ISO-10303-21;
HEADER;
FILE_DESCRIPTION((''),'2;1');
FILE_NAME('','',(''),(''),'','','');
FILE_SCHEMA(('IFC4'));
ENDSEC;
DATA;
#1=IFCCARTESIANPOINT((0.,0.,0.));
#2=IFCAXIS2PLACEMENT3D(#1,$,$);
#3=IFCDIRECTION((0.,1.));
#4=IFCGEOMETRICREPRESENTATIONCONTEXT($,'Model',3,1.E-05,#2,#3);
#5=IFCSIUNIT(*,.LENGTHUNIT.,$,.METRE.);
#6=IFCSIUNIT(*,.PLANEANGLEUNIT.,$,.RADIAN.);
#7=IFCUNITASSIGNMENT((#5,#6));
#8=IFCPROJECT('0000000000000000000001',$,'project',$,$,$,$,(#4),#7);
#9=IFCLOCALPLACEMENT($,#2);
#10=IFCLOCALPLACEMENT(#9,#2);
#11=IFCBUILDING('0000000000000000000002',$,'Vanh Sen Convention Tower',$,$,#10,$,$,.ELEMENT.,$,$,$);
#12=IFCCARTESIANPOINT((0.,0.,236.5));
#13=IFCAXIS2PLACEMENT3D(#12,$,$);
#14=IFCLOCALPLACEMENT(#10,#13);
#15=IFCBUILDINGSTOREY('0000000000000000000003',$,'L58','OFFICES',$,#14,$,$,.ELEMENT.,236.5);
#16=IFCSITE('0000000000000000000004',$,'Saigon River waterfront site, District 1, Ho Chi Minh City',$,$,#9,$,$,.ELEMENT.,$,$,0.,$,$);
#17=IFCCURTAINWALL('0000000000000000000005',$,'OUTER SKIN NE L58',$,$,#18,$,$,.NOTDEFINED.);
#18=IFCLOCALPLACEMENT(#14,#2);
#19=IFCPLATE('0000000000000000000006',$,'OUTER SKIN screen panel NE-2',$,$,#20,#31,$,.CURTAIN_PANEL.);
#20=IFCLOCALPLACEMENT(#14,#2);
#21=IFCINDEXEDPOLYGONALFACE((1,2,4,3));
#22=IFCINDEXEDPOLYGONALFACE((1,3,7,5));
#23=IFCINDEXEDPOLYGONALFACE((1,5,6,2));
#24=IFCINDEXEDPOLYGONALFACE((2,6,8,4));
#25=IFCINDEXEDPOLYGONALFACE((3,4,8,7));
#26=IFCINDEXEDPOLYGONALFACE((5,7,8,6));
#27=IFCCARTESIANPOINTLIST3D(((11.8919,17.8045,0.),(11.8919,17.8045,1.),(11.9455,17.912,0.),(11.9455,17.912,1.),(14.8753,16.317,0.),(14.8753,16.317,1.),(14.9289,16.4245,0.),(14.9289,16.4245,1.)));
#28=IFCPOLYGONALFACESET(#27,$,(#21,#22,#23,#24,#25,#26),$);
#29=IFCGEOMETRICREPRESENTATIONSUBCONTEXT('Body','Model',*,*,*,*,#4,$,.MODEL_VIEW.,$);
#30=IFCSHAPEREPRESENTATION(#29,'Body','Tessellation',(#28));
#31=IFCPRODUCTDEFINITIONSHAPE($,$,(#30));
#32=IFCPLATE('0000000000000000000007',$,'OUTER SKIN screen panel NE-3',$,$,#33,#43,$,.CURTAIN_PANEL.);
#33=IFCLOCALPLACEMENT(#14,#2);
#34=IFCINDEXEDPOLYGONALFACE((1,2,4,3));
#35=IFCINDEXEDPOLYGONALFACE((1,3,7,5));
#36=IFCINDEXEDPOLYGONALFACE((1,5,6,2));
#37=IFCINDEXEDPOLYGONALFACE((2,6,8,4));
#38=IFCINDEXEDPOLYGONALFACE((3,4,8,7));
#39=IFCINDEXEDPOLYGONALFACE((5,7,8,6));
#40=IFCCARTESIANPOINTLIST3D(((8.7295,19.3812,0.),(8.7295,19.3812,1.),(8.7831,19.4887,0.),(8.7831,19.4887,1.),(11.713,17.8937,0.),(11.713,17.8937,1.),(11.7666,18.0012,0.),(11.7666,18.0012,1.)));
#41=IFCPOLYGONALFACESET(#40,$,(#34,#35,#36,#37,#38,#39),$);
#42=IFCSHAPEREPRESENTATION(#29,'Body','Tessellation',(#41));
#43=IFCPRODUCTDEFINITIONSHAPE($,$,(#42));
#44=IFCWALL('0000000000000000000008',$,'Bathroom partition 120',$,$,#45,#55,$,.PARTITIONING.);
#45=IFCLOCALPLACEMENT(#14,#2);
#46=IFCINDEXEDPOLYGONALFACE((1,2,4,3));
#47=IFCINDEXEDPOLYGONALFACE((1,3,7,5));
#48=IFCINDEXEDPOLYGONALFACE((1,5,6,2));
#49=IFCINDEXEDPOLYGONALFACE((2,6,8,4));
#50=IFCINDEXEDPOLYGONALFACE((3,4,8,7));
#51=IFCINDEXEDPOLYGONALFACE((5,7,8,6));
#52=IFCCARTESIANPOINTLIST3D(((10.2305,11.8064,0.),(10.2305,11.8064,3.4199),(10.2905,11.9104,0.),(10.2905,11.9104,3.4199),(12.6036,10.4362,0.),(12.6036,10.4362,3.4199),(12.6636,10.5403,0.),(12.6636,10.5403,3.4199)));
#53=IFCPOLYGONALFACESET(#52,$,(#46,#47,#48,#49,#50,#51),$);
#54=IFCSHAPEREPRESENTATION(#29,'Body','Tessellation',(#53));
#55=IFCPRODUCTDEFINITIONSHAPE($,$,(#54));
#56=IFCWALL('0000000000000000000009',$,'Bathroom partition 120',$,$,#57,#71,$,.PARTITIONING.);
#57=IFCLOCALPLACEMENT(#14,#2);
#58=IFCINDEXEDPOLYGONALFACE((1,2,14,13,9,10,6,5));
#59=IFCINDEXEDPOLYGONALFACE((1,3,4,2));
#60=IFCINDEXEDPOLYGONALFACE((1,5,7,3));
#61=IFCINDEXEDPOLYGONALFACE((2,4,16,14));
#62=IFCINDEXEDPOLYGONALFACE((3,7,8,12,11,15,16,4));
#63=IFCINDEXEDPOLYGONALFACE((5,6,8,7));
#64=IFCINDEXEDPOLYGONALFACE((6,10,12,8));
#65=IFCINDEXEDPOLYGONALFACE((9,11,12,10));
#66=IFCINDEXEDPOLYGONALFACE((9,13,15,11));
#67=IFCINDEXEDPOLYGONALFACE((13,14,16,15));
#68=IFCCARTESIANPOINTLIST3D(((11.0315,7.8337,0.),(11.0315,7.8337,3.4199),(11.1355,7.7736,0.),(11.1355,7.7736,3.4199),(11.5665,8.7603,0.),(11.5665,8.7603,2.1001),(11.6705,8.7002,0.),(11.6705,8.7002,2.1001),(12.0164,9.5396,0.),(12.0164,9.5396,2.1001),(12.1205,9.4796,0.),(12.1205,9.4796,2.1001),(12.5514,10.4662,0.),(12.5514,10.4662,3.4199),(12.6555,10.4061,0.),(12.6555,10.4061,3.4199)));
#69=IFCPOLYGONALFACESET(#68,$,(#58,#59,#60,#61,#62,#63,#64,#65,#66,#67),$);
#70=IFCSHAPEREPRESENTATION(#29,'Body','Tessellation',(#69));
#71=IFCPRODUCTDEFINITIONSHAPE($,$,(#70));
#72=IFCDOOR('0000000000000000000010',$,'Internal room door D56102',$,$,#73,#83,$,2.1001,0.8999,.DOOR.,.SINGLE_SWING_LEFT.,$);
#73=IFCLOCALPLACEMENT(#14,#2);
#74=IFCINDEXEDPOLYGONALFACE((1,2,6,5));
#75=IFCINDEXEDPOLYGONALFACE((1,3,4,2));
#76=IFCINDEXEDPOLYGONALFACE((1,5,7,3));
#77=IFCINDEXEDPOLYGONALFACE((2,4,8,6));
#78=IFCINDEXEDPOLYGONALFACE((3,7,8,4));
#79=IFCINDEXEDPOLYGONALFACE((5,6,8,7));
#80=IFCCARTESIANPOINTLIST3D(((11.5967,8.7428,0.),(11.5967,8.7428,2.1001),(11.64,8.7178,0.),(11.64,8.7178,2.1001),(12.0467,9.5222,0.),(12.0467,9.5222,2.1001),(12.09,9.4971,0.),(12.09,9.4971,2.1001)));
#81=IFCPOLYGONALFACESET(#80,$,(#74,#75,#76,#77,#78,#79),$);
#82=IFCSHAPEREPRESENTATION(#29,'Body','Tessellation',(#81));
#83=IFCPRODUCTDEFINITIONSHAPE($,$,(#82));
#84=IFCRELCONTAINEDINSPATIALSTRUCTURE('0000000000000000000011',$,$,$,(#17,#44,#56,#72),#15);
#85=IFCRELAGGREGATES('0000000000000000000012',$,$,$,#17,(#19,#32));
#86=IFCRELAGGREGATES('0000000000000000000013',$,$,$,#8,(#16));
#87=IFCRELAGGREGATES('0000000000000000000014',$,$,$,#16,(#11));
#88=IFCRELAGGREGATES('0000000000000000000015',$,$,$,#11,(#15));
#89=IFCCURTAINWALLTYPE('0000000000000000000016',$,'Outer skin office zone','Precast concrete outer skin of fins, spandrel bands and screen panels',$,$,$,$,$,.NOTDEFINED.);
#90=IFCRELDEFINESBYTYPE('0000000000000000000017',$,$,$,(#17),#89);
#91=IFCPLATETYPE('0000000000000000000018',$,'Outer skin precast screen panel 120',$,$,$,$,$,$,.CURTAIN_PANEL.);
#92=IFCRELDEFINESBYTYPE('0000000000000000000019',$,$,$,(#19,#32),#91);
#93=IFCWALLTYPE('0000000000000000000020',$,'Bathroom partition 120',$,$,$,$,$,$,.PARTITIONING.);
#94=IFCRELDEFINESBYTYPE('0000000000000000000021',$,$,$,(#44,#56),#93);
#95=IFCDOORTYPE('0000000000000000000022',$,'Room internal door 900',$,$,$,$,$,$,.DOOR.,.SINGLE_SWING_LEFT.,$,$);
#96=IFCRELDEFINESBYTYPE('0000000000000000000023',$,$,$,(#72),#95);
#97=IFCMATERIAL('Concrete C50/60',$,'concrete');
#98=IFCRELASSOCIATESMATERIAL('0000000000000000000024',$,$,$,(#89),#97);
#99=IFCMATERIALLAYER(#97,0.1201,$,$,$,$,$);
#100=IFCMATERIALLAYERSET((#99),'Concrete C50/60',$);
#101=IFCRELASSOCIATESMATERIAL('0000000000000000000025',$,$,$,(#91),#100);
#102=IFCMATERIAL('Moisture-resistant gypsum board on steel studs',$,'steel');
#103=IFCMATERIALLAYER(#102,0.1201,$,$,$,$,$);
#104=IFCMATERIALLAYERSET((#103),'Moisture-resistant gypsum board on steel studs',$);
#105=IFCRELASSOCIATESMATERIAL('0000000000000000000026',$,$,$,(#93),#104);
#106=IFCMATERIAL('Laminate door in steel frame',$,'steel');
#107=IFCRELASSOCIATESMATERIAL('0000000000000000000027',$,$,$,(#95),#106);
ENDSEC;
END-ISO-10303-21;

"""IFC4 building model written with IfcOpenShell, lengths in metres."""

from ifc_helpers import new_model, si_unit, direction, frame, frame_2d, origin, origin_2d, place, context, subcontext, project, spatial, rectangle, extrude, material, layer, layer_set, type_object, element, fill, aggregate, save


model = new_model("IFC4")

# Units and contexts
model_context = context("Model", 3, precision=1e-05, world=origin(), true_north=direction((0.0, 1.0)))
body_context = subcontext(model_context, "Body", "Model", "MODEL_VIEW")
ifc_project = project(units=[si_unit("LENGTHUNIT", "METRE"), si_unit("PLANEANGLEUNIT", "RADIAN")], contexts=[model_context])

# Site, building, storey
site_placement = place(None, origin())
site = spatial("IfcSite", under=ifc_project, at=site_placement, Name="Saigon River waterfront site, District 1, Ho Chi Minh City", CompositionType="ELEMENT", RefElevation=0.0)
building_placement = place(site_placement, origin())
building = spatial("IfcBuilding", under=site, at=building_placement, Name="Vanh Sen Convention Tower", CompositionType="ELEMENT")
storey_placement = place(building_placement, frame((0.0, 0.0, 236.5)))
storey = spatial("IfcBuildingStorey", under=building, at=storey_placement, Name="L58", Description="OFFICES", CompositionType="ELEMENT", Elevation=236.5)

# Curtain wall
ifc_material_1 = material(Name="Concrete C50/60", Category="concrete")
curtain_wall_type = type_object("IfcCurtainWallType", Name="Outer skin office zone", Description="Precast concrete outer skin of fins, spandrel bands and screen panels", PredefinedType="NOTDEFINED", material=ifc_material_1)
curtain_wall_1_placement = place(storey_placement, origin())
curtain_wall_1 = element("IfcCurtainWall", 1, at=curtain_wall_1_placement, inside=storey, type_object=curtain_wall_type, Name="OUTER SKIN NE L58", PredefinedType="NOTDEFINED")

# Shared definitions
ifc_layer_1 = layer(ifc_material_1, 0.1201)
ifc_layer_set_1 = layer_set([ifc_layer_1], Name="Concrete C50/60")
plate_type = type_object("IfcPlateType", Name="Outer skin precast screen panel 120", PredefinedType="CURTAIN_PANEL", material=ifc_layer_set_1)

# Plates
plate_1_placement = place(storey_placement, frame((13.4104, 17.1145, 0.0), z_axis=(0.0, 0.0, 1.0), x_axis=(-0.894936, 0.446195, 0.0)))
plate_1 = element("IfcPlate", 2, at=plate_1_placement, type_object=plate_type, Name="OUTER SKIN screen panel NE-2", PredefinedType="CURTAIN_PANEL", context=body_context, shape_type="SweptSolid", body=[
    extrude(rectangle(XDim=3.3337, YDim=0.1201, at=origin_2d()), origin(), (0.0, 0.0, 1.0), 1.0),
])
plate_2_placement = place(storey_placement, frame((10.248, 18.6912, 0.0), z_axis=(0.0, 0.0, 1.0), x_axis=(-0.894936, 0.446195, 0.0)))
plate_2 = element("IfcPlate", 3, at=plate_2_placement, type_object=plate_type, Name="OUTER SKIN screen panel NE-3", PredefinedType="CURTAIN_PANEL", context=body_context, shape_type="SweptSolid", body=[
    extrude(rectangle(XDim=3.3337, YDim=0.1201, at=origin_2d()), origin(), (0.0, 0.0, 1.0), 1.0),
])
aggregate(curtain_wall_1, [plate_1, plate_2])

# Wall
ifc_material_2 = material(Name="Moisture-resistant gypsum board on steel studs", Category="steel")
ifc_layer_2 = layer(ifc_material_2, 0.1201)
ifc_layer_set_2 = layer_set([ifc_layer_2], Name="Moisture-resistant gypsum board on steel studs")
wall_type_1 = type_object("IfcWallType", Name="Bathroom partition 120", PredefinedType="PARTITIONING", material=ifc_layer_set_2)
wall_1_placement = place(storey_placement, frame((10.2605, 11.8584, 0.0), z_axis=(0.0, 0.0, 1.0), x_axis=(0.866019, -0.50001, 0.0)))
element("IfcWall", 4, at=wall_1_placement, inside=storey, type_object=wall_type_1, Name="Bathroom partition 120", PredefinedType="PARTITIONING", context=body_context, shape_type="SweptSolid", body=[
    extrude(rectangle(XDim=2.7402, YDim=0.1201, at=frame_2d((1.3701, 0.0))), origin(), (0.0, 0.0, 1.0), 3.4199),
])

# Wall, opening, door
wall_2_placement = place(storey_placement, frame((12.6035, 10.4363, 0.0), z_axis=(0.0, 0.0, 1.0), x_axis=(-0.500026, -0.86601, 0.0)))
wall_2 = element("IfcWall", 5, at=wall_2_placement, inside=storey, type_object=wall_type_1, Name="Bathroom partition 120", PredefinedType="PARTITIONING", context=body_context, shape_type="SweptSolid", body=[
    extrude(rectangle(XDim=3.0398, YDim=0.1201, at=frame_2d((1.52, 0.0))), origin(), (0.0, 0.0, 1.0), 3.4199),
])
opening_1_placement = place(wall_2_placement, frame((1.0701, 0.0, 0.0)))
opening_1 = element("IfcOpeningElement", 6, at=opening_1_placement, cuts=wall_2, PredefinedType="OPENING", context=body_context, shape_type="SweptSolid", body=[
    extrude(rectangle(XDim=0.8999, YDim=2.1001, at=frame_2d((0.45, 1.05))), frame((0.0, 0.0701, 0.0), z_axis=(0.0, -1.0, 0.0), x_axis=(1.0, 0.0, 0.0)), (0.0, 0.0, 1.0), 0.1401),
])
ifc_material_3 = material(Name="Laminate door in steel frame", Category="steel")
door_type = type_object("IfcDoorType", Name="Room internal door 900", OperationType="SINGLE_SWING_LEFT", PredefinedType="DOOR", material=ifc_material_3)
door_placement = place(opening_1_placement, origin())
door = element("IfcDoor", 7, at=door_placement, inside=storey, type_object=door_type, Name="Internal room door D56102", OperationType="SINGLE_SWING_LEFT", OverallHeight=2.1001, OverallWidth=0.8999, PredefinedType="DOOR", context=body_context, shape_type="SweptSolid", body=[
    extrude(rectangle(XDim=0.8999, YDim=2.1001, at=frame_2d((0.45, 1.05))), frame((0.0, 0.0249, 0.0), z_axis=(0.0, -1.0, 0.0), x_axis=(1.0, 0.0, 0.0)), (0.0, 0.0, 1.0), 0.05),
])
fill(opening_1, door)

save(model, "model.ifc")
